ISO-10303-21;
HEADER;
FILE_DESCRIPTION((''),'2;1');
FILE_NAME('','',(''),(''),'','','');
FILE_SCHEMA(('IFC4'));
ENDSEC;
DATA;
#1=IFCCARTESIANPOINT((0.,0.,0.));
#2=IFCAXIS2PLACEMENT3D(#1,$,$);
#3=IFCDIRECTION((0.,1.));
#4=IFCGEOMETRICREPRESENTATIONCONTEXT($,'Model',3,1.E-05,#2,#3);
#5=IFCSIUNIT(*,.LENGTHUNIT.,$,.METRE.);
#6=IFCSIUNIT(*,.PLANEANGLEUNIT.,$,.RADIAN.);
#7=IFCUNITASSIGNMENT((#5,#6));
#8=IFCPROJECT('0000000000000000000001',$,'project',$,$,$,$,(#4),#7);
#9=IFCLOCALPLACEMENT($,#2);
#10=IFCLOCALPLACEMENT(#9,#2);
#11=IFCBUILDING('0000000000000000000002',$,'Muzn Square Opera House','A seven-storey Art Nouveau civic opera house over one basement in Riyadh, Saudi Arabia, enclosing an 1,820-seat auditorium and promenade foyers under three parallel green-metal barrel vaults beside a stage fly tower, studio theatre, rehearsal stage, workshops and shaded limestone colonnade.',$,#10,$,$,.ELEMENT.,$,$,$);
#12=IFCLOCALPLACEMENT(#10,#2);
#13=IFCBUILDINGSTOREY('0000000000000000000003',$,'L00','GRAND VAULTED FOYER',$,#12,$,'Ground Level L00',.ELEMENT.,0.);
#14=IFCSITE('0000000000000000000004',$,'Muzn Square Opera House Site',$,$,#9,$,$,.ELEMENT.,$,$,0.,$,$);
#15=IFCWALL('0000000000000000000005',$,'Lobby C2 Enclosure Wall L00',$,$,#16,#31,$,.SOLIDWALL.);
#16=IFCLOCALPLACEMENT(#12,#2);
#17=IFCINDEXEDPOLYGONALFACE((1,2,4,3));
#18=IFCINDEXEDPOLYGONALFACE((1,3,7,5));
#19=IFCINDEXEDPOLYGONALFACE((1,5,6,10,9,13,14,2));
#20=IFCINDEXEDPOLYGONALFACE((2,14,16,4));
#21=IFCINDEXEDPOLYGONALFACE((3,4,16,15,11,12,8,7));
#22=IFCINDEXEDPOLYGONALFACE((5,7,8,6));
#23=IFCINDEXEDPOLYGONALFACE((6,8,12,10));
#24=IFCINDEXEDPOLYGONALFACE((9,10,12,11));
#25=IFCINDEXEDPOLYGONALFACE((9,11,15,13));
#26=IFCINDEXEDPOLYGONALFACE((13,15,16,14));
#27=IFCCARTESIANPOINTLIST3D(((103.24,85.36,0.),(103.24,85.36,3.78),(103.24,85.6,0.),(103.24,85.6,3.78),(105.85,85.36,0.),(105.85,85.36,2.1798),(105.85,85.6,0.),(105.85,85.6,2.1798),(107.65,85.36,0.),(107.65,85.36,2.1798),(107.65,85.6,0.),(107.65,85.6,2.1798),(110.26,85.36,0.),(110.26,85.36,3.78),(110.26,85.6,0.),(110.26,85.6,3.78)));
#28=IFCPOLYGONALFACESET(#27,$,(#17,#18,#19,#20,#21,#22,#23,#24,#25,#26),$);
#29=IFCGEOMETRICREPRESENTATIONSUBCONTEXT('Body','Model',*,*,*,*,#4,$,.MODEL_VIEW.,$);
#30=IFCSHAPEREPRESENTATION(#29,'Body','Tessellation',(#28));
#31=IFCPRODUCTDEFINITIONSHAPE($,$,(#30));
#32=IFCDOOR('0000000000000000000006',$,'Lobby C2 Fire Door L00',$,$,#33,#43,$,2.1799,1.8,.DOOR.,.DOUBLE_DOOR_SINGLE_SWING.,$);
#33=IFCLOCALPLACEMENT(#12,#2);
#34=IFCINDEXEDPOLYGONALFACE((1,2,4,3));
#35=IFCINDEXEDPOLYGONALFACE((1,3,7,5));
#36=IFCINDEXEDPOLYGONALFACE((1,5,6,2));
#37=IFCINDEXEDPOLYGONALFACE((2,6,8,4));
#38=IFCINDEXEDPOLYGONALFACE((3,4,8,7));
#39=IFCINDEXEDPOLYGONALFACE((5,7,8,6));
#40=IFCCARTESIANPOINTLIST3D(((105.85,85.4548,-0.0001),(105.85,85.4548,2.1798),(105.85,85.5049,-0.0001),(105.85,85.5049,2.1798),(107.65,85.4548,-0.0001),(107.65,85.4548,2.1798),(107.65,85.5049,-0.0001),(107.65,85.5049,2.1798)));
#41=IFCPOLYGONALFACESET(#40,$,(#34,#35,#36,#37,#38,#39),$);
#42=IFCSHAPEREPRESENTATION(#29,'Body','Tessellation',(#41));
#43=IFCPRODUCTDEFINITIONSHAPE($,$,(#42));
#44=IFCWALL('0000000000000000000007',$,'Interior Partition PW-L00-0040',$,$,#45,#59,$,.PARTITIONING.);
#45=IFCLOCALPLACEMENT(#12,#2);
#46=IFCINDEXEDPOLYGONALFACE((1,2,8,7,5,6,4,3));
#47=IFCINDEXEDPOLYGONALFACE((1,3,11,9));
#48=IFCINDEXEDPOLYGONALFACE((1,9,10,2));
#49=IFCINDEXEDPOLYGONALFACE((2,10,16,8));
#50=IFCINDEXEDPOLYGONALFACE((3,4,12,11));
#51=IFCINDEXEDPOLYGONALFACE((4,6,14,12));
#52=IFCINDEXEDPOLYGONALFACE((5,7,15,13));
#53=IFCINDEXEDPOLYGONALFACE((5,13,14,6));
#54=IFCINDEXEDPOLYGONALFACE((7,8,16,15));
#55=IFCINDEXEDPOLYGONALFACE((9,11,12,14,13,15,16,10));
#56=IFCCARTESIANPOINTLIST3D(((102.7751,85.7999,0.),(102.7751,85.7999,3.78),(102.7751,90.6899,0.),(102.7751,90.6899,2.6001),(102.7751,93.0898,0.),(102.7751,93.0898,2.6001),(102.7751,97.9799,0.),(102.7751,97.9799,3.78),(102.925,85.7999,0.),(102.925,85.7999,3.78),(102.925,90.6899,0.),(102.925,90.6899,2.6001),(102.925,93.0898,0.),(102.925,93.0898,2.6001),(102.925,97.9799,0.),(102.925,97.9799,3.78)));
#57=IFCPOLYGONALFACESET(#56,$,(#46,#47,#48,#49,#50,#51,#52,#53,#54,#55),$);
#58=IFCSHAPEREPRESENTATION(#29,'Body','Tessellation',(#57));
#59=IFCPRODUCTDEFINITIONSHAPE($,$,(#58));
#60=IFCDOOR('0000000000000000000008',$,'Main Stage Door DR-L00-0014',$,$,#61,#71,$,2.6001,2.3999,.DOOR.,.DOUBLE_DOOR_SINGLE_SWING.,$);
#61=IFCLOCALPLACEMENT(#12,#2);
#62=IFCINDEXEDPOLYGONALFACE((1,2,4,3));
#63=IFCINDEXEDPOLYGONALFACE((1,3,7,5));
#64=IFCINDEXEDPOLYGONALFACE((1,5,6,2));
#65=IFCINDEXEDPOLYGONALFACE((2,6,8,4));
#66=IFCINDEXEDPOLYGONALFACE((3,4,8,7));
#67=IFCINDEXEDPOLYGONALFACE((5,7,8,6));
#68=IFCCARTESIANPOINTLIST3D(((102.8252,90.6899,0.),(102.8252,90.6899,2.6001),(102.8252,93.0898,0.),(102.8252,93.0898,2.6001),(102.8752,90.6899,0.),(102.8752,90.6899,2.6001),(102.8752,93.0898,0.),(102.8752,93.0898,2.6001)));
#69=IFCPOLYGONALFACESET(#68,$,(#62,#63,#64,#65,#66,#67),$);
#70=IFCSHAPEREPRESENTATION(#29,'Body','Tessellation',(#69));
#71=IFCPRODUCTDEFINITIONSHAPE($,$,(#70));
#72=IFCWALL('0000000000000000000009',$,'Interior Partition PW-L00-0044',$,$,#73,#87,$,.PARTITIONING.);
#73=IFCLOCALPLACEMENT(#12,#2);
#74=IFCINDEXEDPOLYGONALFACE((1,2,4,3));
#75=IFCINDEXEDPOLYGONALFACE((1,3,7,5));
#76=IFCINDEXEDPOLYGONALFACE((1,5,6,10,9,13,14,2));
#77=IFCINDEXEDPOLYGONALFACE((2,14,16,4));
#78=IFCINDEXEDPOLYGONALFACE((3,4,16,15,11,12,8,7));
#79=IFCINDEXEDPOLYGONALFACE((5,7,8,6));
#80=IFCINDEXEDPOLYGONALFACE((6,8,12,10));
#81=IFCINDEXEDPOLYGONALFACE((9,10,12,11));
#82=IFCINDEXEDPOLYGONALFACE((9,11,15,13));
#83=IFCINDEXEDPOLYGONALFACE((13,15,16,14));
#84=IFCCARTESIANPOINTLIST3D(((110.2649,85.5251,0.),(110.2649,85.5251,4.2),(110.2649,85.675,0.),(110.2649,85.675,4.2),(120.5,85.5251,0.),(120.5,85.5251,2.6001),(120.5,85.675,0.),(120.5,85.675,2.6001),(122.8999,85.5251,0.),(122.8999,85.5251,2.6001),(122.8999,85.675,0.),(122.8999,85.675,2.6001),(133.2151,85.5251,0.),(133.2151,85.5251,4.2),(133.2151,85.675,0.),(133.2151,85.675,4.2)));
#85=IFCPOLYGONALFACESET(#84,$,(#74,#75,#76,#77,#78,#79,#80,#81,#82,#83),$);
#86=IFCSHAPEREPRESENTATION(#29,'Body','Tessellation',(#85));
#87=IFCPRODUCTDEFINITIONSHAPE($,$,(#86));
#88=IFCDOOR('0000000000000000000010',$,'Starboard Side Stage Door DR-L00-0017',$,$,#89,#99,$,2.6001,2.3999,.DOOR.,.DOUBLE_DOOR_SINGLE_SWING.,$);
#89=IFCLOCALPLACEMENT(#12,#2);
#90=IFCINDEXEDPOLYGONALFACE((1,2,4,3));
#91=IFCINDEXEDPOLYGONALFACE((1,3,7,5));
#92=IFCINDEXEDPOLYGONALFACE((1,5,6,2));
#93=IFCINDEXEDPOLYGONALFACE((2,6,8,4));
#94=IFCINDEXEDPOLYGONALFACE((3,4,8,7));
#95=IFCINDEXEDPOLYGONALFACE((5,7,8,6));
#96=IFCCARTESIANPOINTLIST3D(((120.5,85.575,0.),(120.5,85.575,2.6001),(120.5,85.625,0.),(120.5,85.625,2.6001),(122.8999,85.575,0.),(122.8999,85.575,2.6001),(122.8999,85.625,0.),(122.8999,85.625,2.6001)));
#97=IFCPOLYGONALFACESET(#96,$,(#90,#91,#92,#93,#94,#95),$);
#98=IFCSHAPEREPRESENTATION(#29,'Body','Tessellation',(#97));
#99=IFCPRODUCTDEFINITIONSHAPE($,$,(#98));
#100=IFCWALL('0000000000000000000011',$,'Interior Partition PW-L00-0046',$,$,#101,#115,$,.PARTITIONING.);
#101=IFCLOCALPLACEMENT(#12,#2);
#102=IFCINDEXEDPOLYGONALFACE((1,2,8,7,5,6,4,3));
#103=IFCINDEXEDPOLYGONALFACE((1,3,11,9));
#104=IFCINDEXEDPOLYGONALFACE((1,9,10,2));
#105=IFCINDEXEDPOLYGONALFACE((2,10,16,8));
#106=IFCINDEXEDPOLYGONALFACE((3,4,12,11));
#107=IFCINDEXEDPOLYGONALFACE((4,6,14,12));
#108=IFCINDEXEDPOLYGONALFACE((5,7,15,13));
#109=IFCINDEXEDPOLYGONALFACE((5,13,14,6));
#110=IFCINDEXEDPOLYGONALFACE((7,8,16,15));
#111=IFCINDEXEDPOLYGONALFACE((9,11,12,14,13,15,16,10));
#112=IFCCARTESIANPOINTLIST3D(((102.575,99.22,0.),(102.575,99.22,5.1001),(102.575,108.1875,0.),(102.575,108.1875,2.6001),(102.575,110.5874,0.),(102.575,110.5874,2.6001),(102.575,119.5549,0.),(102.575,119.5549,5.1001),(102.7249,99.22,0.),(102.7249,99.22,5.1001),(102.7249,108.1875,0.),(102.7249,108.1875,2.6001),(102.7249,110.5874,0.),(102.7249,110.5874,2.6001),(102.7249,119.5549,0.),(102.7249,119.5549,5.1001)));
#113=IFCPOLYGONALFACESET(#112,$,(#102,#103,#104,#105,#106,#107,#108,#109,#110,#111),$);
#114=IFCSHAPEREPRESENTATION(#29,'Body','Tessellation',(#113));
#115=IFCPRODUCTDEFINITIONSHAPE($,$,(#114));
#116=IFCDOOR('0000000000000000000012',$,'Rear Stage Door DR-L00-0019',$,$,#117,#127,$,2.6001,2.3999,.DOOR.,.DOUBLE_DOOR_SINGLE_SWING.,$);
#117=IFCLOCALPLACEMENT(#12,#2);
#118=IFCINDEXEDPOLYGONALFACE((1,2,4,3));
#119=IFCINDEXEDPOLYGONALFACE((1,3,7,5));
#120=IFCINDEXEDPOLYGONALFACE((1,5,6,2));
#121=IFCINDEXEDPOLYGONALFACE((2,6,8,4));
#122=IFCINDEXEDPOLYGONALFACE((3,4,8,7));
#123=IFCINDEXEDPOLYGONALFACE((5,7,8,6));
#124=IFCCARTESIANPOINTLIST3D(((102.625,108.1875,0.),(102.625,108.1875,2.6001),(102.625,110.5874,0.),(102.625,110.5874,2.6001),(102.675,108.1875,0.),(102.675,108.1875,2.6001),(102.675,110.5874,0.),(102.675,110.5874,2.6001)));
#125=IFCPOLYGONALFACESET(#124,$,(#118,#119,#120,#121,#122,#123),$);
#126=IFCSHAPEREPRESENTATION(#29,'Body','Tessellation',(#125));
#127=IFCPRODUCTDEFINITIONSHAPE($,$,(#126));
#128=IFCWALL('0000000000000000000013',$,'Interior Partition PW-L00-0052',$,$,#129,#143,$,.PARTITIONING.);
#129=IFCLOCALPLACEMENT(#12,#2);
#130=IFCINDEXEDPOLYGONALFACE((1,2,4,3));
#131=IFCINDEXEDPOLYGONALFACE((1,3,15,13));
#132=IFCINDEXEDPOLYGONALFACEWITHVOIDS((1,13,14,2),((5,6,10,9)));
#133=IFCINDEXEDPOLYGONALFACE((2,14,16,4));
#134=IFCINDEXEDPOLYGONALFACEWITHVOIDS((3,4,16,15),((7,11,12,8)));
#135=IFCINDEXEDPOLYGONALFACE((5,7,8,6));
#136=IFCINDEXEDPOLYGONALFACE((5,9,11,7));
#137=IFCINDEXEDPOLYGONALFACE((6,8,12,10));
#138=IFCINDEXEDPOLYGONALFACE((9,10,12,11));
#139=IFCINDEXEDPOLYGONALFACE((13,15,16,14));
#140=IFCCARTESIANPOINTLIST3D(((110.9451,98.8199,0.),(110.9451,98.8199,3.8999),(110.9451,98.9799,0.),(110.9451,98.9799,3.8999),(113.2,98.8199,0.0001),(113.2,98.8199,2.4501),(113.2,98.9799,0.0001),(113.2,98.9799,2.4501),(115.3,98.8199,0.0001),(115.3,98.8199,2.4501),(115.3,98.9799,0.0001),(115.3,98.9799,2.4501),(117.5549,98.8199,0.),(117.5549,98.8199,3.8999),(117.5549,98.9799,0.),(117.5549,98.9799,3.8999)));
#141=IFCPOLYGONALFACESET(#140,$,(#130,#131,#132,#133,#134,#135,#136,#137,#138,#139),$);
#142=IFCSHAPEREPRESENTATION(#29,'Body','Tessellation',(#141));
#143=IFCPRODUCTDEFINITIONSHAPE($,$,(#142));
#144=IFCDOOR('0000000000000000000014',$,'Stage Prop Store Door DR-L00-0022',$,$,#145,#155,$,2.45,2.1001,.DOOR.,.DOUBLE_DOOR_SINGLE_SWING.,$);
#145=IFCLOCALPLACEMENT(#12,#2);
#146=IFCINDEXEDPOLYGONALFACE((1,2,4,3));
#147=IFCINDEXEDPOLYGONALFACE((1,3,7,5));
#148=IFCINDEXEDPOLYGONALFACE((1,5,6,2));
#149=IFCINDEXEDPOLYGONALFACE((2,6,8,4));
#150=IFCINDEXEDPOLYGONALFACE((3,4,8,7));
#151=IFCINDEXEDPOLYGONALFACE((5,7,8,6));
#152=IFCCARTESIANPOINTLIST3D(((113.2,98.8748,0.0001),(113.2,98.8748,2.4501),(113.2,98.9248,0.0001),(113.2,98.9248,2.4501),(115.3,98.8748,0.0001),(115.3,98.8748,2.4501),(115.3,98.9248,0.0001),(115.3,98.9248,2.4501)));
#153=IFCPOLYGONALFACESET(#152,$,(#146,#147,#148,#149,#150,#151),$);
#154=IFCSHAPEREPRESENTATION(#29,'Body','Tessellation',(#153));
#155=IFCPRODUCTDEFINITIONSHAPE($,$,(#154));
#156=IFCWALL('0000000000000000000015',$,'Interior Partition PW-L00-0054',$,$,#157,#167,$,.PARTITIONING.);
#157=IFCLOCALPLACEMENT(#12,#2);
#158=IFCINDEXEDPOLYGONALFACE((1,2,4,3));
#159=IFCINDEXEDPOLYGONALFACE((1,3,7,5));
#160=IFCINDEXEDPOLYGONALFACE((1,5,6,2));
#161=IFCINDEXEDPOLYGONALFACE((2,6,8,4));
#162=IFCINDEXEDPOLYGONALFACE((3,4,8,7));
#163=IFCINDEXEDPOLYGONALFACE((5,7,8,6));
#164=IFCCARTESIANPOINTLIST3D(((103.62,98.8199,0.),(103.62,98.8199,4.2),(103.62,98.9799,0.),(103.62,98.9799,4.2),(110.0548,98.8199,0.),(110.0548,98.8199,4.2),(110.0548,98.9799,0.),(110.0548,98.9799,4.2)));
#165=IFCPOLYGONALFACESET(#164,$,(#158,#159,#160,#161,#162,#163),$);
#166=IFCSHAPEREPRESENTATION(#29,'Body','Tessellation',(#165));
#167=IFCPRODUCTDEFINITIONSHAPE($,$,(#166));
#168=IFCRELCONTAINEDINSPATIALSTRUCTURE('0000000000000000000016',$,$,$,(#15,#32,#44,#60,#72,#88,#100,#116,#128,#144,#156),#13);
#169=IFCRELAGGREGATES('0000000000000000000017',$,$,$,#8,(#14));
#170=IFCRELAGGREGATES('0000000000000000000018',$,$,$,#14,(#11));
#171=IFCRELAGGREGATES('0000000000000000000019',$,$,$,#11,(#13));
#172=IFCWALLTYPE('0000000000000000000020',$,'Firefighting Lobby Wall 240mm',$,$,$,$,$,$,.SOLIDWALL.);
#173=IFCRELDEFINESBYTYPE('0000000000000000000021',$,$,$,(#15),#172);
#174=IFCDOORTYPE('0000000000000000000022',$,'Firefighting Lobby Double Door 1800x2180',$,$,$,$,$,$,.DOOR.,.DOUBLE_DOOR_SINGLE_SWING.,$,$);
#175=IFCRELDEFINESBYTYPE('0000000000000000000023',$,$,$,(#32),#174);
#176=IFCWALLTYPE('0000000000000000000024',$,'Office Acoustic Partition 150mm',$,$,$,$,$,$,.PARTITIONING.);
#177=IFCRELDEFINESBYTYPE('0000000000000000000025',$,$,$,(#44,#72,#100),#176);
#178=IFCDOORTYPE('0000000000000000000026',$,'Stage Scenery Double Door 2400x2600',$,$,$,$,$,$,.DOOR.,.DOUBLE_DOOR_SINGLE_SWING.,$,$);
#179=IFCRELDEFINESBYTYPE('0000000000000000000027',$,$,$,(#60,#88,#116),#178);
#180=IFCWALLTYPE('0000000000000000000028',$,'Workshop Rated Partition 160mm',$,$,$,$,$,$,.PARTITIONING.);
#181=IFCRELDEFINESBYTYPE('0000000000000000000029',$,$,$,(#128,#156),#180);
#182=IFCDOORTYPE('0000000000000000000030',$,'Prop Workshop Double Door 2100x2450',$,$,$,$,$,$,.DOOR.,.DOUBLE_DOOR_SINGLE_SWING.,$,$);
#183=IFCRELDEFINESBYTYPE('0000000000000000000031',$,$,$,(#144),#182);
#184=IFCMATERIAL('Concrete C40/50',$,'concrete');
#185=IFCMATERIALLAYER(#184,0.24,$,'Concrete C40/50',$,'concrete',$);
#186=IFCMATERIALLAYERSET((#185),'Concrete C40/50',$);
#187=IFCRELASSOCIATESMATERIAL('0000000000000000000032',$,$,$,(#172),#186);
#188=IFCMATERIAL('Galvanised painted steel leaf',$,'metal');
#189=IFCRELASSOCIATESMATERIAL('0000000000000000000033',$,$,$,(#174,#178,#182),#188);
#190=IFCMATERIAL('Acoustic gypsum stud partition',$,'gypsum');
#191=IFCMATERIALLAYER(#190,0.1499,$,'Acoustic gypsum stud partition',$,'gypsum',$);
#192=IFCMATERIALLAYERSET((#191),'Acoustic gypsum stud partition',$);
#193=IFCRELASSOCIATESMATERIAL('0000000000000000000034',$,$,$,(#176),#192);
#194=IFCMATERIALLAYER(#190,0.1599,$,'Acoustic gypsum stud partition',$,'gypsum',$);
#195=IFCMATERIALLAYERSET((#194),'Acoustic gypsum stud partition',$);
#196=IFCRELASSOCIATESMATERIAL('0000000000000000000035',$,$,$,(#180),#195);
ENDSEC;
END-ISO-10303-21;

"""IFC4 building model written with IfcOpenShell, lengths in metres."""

from ifc_helpers import new_model, si_unit, direction, frame, frame_2d, origin, place, context, subcontext, project, spatial, rectangle, extrude, material, layer, layer_set, type_object, element, fill, save


model = new_model("IFC4")

# Units and contexts
model_context = context("Model", 3, precision=1e-05, world=origin(), true_north=direction((0.0, 1.0)))
body_context = subcontext(model_context, "Body", "Model", "MODEL_VIEW")
ifc_project = project(units=[si_unit("LENGTHUNIT", "METRE"), si_unit("PLANEANGLEUNIT", "RADIAN")], contexts=[model_context])

# Site, building, storey
site_placement = place(None, origin())
site = spatial("IfcSite", under=ifc_project, at=site_placement, Name="Muzn Square Opera House Site", CompositionType="ELEMENT", RefElevation=0.0)
building_placement = place(site_placement, origin())
building = spatial("IfcBuilding", under=site, at=building_placement, Name="Muzn Square Opera House", Description="A seven-storey Art Nouveau civic opera house over one basement in Riyadh, Saudi Arabia, enclosing an 1,820-seat auditorium and promenade foyers under three parallel green-metal barrel vaults beside a stage fly tower, studio theatre, rehearsal stage, workshops and shaded limestone colonnade.", CompositionType="ELEMENT")
storey_placement = place(building_placement, origin())
storey = spatial("IfcBuildingStorey", under=building, at=storey_placement, Name="L00", Description="GRAND VAULTED FOYER", LongName="Ground Level L00", CompositionType="ELEMENT", Elevation=0.0)

# Shared definitions
ifc_material_1 = material(Name="Concrete C40/50", Category="concrete")

# Walls, openings, doors
ifc_layer_1 = layer(ifc_material_1, 0.24, Name="Concrete C40/50", Category="concrete")
ifc_layer_set_1 = layer_set([ifc_layer_1], Name="Concrete C40/50")
wall_type_1 = type_object("IfcWallType", Name="Firefighting Lobby Wall 240mm", PredefinedType="SOLIDWALL", material=ifc_layer_set_1)
wall_1_placement = place(storey_placement, frame((103.24, 85.48, 0.0), z_axis=(0.0, 0.0, 1.0), x_axis=(1.0, 0.0, 0.0)))
wall_1 = element("IfcWall", 1, at=wall_1_placement, inside=storey, type_object=wall_type_1, Name="Lobby C2 Enclosure Wall L00", PredefinedType="SOLIDWALL", context=body_context, shape_type="SweptSolid", body=[
    extrude(rectangle(XDim=7.02, YDim=0.24, at=frame_2d((3.51, 0.0))), origin(), (0.0, 0.0, 1.0), 3.78),
])
opening_1_placement = place(wall_1_placement, frame((2.6101, 0.0, 0.0)))
opening_1 = element("IfcOpeningElement", 2, at=opening_1_placement, cuts=wall_1, PredefinedType="OPENING", context=body_context, shape_type="SweptSolid", body=[
    extrude(rectangle(XDim=1.8, YDim=2.1799, at=frame_2d((0.8999, 1.0898))), frame((0.0, 0.1299, 0.0), z_axis=(0.0, -1.0, 0.0), x_axis=(1.0, 0.0, 0.0)), (0.0, 0.0, 1.0), 0.26),
])
ifc_material_2 = material(Name="Galvanised painted steel leaf", Category="metal")
door_type_1 = type_object("IfcDoorType", Name="Firefighting Lobby Double Door 1800x2180", OperationType="DOUBLE_DOOR_SINGLE_SWING", PredefinedType="DOOR", material=ifc_material_2)
door_1_placement = place(opening_1_placement, origin())
door_1 = element("IfcDoor", 3, at=door_1_placement, inside=storey, type_object=door_type_1, Name="Lobby C2 Fire Door L00", OperationType="DOUBLE_DOOR_SINGLE_SWING", OverallHeight=2.1799, OverallWidth=1.8, PredefinedType="DOOR", context=body_context, shape_type="SweptSolid", body=[
    extrude(rectangle(XDim=1.8, YDim=2.1799, at=frame_2d((0.8999, 1.0898))), frame((0.0, 0.0249, 0.0), z_axis=(0.0, -1.0, 0.0), x_axis=(1.0, 0.0, 0.0)), (0.0, 0.0, 1.0), 0.05),
])
fill(opening_1, door_1)
ifc_material_3 = material(Name="Acoustic gypsum stud partition", Category="gypsum")
ifc_layer_2 = layer(ifc_material_3, 0.1499, Name="Acoustic gypsum stud partition", Category="gypsum")
ifc_layer_set_2 = layer_set([ifc_layer_2], Name="Acoustic gypsum stud partition")
wall_type_2 = type_object("IfcWallType", Name="Office Acoustic Partition 150mm", PredefinedType="PARTITIONING", material=ifc_layer_set_2)
wall_2_placement = place(storey_placement, frame((102.8501, 85.8, 0.0), z_axis=(0.0, 0.0, 1.0), x_axis=(0.0, 1.0, 0.0)))
wall_2 = element("IfcWall", 4, at=wall_2_placement, inside=storey, type_object=wall_type_2, Name="Interior Partition PW-L00-0040", PredefinedType="PARTITIONING", context=body_context, shape_type="SweptSolid", body=[
    extrude(rectangle(XDim=12.1799, YDim=0.1499, at=frame_2d((6.0898, 0.0))), origin(), (0.0, 0.0, 1.0), 3.78),
])
opening_2_placement = place(wall_2_placement, frame((4.8899, 0.0, 0.0)))
opening_2 = element("IfcOpeningElement", 5, at=opening_2_placement, cuts=wall_2, PredefinedType="OPENING", context=body_context, shape_type="SweptSolid", body=[
    extrude(rectangle(XDim=2.3999, YDim=2.6001, at=frame_2d((1.2, 1.3))), frame((0.0, 0.085, 0.0), z_axis=(0.0, -1.0, 0.0), x_axis=(1.0, 0.0, 0.0)), (0.0, 0.0, 1.0), 0.1699),
])
door_type_2 = type_object("IfcDoorType", Name="Stage Scenery Double Door 2400x2600", OperationType="DOUBLE_DOOR_SINGLE_SWING", PredefinedType="DOOR", material=ifc_material_2)
door_2_placement = place(opening_2_placement, origin())
door_2 = element("IfcDoor", 6, at=door_2_placement, inside=storey, type_object=door_type_2, Name="Main Stage Door DR-L00-0014", OperationType="DOUBLE_DOOR_SINGLE_SWING", OverallHeight=2.6001, OverallWidth=2.3999, PredefinedType="DOOR", context=body_context, shape_type="SweptSolid", body=[
    extrude(rectangle(XDim=2.3999, YDim=2.6001, at=frame_2d((1.2, 1.3))), frame((0.0, 0.0249, 0.0), z_axis=(0.0, -1.0, 0.0), x_axis=(1.0, 0.0, 0.0)), (0.0, 0.0, 1.0), 0.05),
])
fill(opening_2, door_2)
wall_3_placement = place(storey_placement, frame((110.2649, 85.6001, 0.0), z_axis=(0.0, 0.0, 1.0), x_axis=(1.0, 0.0, 0.0)))
wall_3 = element("IfcWall", 7, at=wall_3_placement, inside=storey, type_object=wall_type_2, Name="Interior Partition PW-L00-0044", PredefinedType="PARTITIONING", context=body_context, shape_type="SweptSolid", body=[
    extrude(rectangle(XDim=22.9502, YDim=0.1499, at=frame_2d((11.4751, 0.0))), origin(), (0.0, 0.0, 1.0), 4.2),
])
opening_3_placement = place(wall_3_placement, frame((10.2351, 0.0, 0.0)))
opening_3 = element("IfcOpeningElement", 8, at=opening_3_placement, cuts=wall_3, PredefinedType="OPENING", context=body_context, shape_type="SweptSolid", body=[
    extrude(rectangle(XDim=2.3999, YDim=2.6001, at=frame_2d((1.2, 1.3))), frame((0.0, 0.085, 0.0), z_axis=(0.0, -1.0, 0.0), x_axis=(1.0, 0.0, 0.0)), (0.0, 0.0, 1.0), 0.1699),
])
door_3_placement = place(opening_3_placement, origin())
door_3 = element("IfcDoor", 9, at=door_3_placement, inside=storey, type_object=door_type_2, Name="Starboard Side Stage Door DR-L00-0017", OperationType="DOUBLE_DOOR_SINGLE_SWING", OverallHeight=2.6001, OverallWidth=2.3999, PredefinedType="DOOR", context=body_context, shape_type="SweptSolid", body=[
    extrude(rectangle(XDim=2.3999, YDim=2.6001, at=frame_2d((1.2, 1.3))), frame((0.0, 0.0249, 0.0), z_axis=(0.0, -1.0, 0.0), x_axis=(1.0, 0.0, 0.0)), (0.0, 0.0, 1.0), 0.05),
])
fill(opening_3, door_3)
wall_4_placement = place(storey_placement, frame((102.6499, 99.22, 0.0), z_axis=(0.0, 0.0, 1.0), x_axis=(0.0, 1.0, 0.0)))
wall_4 = element("IfcWall", 10, at=wall_4_placement, inside=storey, type_object=wall_type_2, Name="Interior Partition PW-L00-0046", PredefinedType="PARTITIONING", context=body_context, shape_type="SweptSolid", body=[
    extrude(rectangle(XDim=20.335, YDim=0.1499, at=frame_2d((10.1675, 0.0))), origin(), (0.0, 0.0, 1.0), 5.1001),
])
opening_4_placement = place(wall_4_placement, frame((8.9675, 0.0, 0.0)))
opening_4 = element("IfcOpeningElement", 11, at=opening_4_placement, cuts=wall_4, PredefinedType="OPENING", context=body_context, shape_type="SweptSolid", body=[
    extrude(rectangle(XDim=2.3999, YDim=2.6001, at=frame_2d((1.2, 1.3))), frame((0.0, 0.085, 0.0), z_axis=(0.0, -1.0, 0.0), x_axis=(1.0, 0.0, 0.0)), (0.0, 0.0, 1.0), 0.1699),
])
door_4_placement = place(opening_4_placement, origin())
door_4 = element("IfcDoor", 12, at=door_4_placement, inside=storey, type_object=door_type_2, Name="Rear Stage Door DR-L00-0019", OperationType="DOUBLE_DOOR_SINGLE_SWING", OverallHeight=2.6001, OverallWidth=2.3999, PredefinedType="DOOR", context=body_context, shape_type="SweptSolid", body=[
    extrude(rectangle(XDim=2.3999, YDim=2.6001, at=frame_2d((1.2, 1.3))), frame((0.0, 0.0249, 0.0), z_axis=(0.0, -1.0, 0.0), x_axis=(1.0, 0.0, 0.0)), (0.0, 0.0, 1.0), 0.05),
])
fill(opening_4, door_4)
ifc_layer_3 = layer(ifc_material_3, 0.1599, Name="Acoustic gypsum stud partition", Category="gypsum")
ifc_layer_set_3 = layer_set([ifc_layer_3], Name="Acoustic gypsum stud partition")
wall_type_3 = type_object("IfcWallType", Name="Workshop Rated Partition 160mm", PredefinedType="PARTITIONING", material=ifc_layer_set_3)
wall_5_placement = place(storey_placement, frame((110.9451, 98.8999, 0.0), z_axis=(0.0, 0.0, 1.0), x_axis=(1.0, 0.0, 0.0)))
wall_5 = element("IfcWall", 13, at=wall_5_placement, inside=storey, type_object=wall_type_3, Name="Interior Partition PW-L00-0052", PredefinedType="PARTITIONING", context=body_context, shape_type="SweptSolid", body=[
    extrude(rectangle(XDim=6.6099, YDim=0.1599, at=frame_2d((3.3049, 0.0))), origin(), (0.0, 0.0, 1.0), 3.8999),
])
opening_5_placement = place(wall_5_placement, frame((2.2549, 0.0, 0.0)))
opening_5 = element("IfcOpeningElement", 14, at=opening_5_placement, cuts=wall_5, PredefinedType="OPENING", context=body_context, shape_type="SweptSolid", body=[
    extrude(rectangle(XDim=2.1001, YDim=2.45, at=frame_2d((1.05, 1.2251))), frame((0.0, 0.0898, 0.0), z_axis=(0.0, -1.0, 0.0), x_axis=(1.0, 0.0, 0.0)), (0.0, 0.0, 1.0), 0.1799),
])
door_type_3 = type_object("IfcDoorType", Name="Prop Workshop Double Door 2100x2450", OperationType="DOUBLE_DOOR_SINGLE_SWING", PredefinedType="DOOR", material=ifc_material_2)
door_5_placement = place(opening_5_placement, origin())
door_5 = element("IfcDoor", 15, at=door_5_placement, inside=storey, type_object=door_type_3, Name="Stage Prop Store Door DR-L00-0022", OperationType="DOUBLE_DOOR_SINGLE_SWING", OverallHeight=2.45, OverallWidth=2.1001, PredefinedType="DOOR", context=body_context, shape_type="SweptSolid", body=[
    extrude(rectangle(XDim=2.1001, YDim=2.45, at=frame_2d((1.05, 1.2251))), frame((0.0, 0.0249, 0.0), z_axis=(0.0, -1.0, 0.0), x_axis=(1.0, 0.0, 0.0)), (0.0, 0.0, 1.0), 0.05),
])
fill(opening_5, door_5)

# Wall
wall_6_placement = place(storey_placement, frame((103.6201, 98.8999, 0.0), z_axis=(0.0, 0.0, 1.0), x_axis=(1.0, 0.0, 0.0)))
element("IfcWall", 16, at=wall_6_placement, inside=storey, type_object=wall_type_3, Name="Interior Partition PW-L00-0054", PredefinedType="PARTITIONING", context=body_context, shape_type="SweptSolid", body=[
    extrude(rectangle(XDim=6.4348, YDim=0.1599, at=frame_2d((3.2173, 0.0))), origin(), (0.0, 0.0, 1.0), 4.2),
])

save(model, "model.ifc")
